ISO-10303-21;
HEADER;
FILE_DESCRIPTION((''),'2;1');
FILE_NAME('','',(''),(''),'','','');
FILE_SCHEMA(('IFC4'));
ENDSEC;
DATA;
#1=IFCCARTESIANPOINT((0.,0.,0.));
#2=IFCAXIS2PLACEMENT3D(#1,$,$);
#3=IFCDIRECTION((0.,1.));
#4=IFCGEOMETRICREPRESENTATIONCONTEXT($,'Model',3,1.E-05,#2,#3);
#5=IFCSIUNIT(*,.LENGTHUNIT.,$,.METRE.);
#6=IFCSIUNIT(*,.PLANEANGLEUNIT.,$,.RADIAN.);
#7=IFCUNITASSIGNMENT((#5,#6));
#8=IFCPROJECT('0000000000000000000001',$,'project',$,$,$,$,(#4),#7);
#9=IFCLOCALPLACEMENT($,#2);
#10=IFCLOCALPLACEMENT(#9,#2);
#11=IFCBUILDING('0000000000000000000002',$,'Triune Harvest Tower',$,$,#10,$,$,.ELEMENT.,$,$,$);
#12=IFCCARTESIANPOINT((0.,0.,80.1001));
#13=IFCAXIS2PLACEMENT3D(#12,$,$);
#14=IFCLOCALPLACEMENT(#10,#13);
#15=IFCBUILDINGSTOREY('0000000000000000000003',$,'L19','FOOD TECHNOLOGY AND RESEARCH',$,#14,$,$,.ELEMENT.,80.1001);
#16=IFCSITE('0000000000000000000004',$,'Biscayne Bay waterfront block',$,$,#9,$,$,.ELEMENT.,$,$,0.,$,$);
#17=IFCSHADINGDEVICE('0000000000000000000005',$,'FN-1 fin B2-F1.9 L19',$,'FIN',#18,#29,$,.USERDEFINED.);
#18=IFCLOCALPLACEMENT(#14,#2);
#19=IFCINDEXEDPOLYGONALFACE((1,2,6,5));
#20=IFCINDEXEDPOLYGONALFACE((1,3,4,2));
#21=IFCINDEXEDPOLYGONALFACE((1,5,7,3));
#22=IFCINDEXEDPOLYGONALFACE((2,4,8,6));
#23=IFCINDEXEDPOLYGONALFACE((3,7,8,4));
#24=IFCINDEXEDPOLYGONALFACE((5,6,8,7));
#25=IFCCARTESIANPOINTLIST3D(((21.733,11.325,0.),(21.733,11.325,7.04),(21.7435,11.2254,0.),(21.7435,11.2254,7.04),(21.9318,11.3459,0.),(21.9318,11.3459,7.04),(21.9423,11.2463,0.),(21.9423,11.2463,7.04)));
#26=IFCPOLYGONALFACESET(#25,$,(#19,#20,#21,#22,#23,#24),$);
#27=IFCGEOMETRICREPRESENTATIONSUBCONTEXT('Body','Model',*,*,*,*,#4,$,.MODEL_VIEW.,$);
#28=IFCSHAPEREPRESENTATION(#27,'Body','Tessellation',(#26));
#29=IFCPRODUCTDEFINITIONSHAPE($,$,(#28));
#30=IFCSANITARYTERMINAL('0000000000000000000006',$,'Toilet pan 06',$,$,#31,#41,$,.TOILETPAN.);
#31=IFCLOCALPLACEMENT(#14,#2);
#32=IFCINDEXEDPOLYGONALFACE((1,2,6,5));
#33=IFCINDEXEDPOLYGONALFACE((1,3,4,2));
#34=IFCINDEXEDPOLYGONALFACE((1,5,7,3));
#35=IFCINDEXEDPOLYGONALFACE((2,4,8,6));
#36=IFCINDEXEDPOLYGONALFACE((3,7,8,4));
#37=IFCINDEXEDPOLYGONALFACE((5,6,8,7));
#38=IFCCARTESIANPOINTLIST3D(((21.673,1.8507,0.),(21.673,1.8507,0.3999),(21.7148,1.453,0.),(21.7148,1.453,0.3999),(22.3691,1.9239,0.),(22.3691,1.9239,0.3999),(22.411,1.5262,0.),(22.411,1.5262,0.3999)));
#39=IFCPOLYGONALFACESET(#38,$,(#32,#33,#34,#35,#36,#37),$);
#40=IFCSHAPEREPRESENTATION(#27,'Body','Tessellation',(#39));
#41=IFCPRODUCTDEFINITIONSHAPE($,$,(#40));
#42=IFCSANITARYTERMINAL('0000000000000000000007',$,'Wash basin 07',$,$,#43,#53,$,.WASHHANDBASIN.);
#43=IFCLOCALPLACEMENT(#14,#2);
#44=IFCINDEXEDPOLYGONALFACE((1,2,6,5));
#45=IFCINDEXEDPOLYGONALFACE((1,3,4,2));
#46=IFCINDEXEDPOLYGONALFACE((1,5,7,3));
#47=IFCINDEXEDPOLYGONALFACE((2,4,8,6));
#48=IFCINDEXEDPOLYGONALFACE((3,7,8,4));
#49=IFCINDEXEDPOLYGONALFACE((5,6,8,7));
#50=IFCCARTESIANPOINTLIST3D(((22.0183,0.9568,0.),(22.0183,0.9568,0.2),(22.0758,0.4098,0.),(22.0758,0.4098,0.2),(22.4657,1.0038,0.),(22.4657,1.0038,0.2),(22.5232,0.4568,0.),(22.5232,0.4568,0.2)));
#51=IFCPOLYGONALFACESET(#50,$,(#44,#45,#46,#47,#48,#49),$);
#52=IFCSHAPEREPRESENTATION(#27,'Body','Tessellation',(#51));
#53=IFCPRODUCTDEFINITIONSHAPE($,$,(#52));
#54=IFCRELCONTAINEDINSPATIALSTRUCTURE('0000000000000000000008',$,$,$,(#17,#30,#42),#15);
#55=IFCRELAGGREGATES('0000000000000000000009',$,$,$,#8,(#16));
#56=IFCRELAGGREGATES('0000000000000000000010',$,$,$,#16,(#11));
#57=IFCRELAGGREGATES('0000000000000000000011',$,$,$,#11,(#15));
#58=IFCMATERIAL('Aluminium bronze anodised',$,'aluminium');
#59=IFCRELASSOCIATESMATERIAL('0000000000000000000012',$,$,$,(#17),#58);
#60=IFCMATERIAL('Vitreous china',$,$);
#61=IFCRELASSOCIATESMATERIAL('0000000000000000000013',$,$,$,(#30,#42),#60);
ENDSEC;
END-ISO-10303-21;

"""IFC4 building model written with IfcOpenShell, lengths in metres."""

from ifc_helpers import new_model, si_unit, direction, frame, origin, origin_2d, place, context, subcontext, project, spatial, rectangle, extrude, source, transform, mapped, material, element, save


model = new_model("IFC4")

# Units and contexts
model_context = context("Model", 3, precision=1e-05, world=origin(), true_north=direction((0.0, 1.0)))
body_context = subcontext(model_context, "Body", "Model", "MODEL_VIEW")
ifc_project = project(units=[si_unit("LENGTHUNIT", "METRE"), si_unit("PLANEANGLEUNIT", "RADIAN")], contexts=[model_context])

# Site, building, storey
site_placement = place(None, origin())
site = spatial("IfcSite", under=ifc_project, at=site_placement, Name="Biscayne Bay waterfront block", CompositionType="ELEMENT", RefElevation=0.0)
building_placement = place(site_placement, origin())
building = spatial("IfcBuilding", under=site, at=building_placement, Name="Triune Harvest Tower", CompositionType="ELEMENT")
storey_placement = place(building_placement, frame((0.0, 0.0, 80.1001)))
storey = spatial("IfcBuildingStorey", under=building, at=storey_placement, Name="L19", Description="FOOD TECHNOLOGY AND RESEARCH", CompositionType="ELEMENT", Elevation=80.1001)

# Shading device
ifc_material_1 = material(Name="Aluminium bronze anodised", Category="aluminium")
shared_shape_1 = source(origin(), body_context, "Body", "SweptSolid", [
    extrude(rectangle(XDim=0.1001, YDim=0.2, at=origin_2d()), origin(), (0.0, 0.0, 1.0), 7.04),
])
shading_device_placement = place(storey_placement, frame((21.8376, 11.2856, 0.0), z_axis=(0.0, 0.0, 1.0), x_axis=(-0.104528, 0.994522, 0.0)))
element("IfcShadingDevice", 1, at=shading_device_placement, inside=storey, material=ifc_material_1, Name="FN-1 fin B2-F1.9 L19", ObjectType="FIN", PredefinedType="USERDEFINED", context=body_context, shape_type="MappedRepresentation", body=[
    mapped(shared_shape_1, transform((0.0, 0.0, 0.0), scale=1.0)),
])

# Sanitary terminals
ifc_material_2 = material(Name="Vitreous china")
shared_shape_2 = source(origin(), body_context, "Body", "SweptSolid", [
    extrude(rectangle(XDim=0.3999, YDim=0.7, at=origin_2d()), origin(), (0.0, 0.0, 1.0), 0.3999),
])
sanitary_terminal_1_placement = place(storey_placement, frame((22.042, 1.6885, 0.0), z_axis=(0.0, 0.0, 1.0), x_axis=(0.104528, -0.994522, 0.0)))
element("IfcSanitaryTerminal", 2, at=sanitary_terminal_1_placement, inside=storey, material=ifc_material_2, Name="Toilet pan 06", PredefinedType="TOILETPAN", context=body_context, shape_type="MappedRepresentation", body=[
    mapped(shared_shape_2, transform((0.0, 0.0, 0.0), scale=1.0)),
])
shared_shape_3 = source(origin(), body_context, "Body", "SweptSolid", [
    extrude(rectangle(XDim=0.55, YDim=0.45, at=origin_2d()), origin(), (0.0, 0.0, 1.0), 0.2),
])
sanitary_terminal_2_placement = place(storey_placement, frame((22.2708, 0.7068, 0.0), z_axis=(0.0, 0.0, 1.0), x_axis=(0.104528, -0.994522, 0.0)))
element("IfcSanitaryTerminal", 3, at=sanitary_terminal_2_placement, inside=storey, material=ifc_material_2, Name="Wash basin 07", PredefinedType="WASHHANDBASIN", context=body_context, shape_type="MappedRepresentation", body=[
    mapped(shared_shape_3, transform((0.0, 0.0, 0.0), scale=1.0)),
])

save(model, "model.ifc")
